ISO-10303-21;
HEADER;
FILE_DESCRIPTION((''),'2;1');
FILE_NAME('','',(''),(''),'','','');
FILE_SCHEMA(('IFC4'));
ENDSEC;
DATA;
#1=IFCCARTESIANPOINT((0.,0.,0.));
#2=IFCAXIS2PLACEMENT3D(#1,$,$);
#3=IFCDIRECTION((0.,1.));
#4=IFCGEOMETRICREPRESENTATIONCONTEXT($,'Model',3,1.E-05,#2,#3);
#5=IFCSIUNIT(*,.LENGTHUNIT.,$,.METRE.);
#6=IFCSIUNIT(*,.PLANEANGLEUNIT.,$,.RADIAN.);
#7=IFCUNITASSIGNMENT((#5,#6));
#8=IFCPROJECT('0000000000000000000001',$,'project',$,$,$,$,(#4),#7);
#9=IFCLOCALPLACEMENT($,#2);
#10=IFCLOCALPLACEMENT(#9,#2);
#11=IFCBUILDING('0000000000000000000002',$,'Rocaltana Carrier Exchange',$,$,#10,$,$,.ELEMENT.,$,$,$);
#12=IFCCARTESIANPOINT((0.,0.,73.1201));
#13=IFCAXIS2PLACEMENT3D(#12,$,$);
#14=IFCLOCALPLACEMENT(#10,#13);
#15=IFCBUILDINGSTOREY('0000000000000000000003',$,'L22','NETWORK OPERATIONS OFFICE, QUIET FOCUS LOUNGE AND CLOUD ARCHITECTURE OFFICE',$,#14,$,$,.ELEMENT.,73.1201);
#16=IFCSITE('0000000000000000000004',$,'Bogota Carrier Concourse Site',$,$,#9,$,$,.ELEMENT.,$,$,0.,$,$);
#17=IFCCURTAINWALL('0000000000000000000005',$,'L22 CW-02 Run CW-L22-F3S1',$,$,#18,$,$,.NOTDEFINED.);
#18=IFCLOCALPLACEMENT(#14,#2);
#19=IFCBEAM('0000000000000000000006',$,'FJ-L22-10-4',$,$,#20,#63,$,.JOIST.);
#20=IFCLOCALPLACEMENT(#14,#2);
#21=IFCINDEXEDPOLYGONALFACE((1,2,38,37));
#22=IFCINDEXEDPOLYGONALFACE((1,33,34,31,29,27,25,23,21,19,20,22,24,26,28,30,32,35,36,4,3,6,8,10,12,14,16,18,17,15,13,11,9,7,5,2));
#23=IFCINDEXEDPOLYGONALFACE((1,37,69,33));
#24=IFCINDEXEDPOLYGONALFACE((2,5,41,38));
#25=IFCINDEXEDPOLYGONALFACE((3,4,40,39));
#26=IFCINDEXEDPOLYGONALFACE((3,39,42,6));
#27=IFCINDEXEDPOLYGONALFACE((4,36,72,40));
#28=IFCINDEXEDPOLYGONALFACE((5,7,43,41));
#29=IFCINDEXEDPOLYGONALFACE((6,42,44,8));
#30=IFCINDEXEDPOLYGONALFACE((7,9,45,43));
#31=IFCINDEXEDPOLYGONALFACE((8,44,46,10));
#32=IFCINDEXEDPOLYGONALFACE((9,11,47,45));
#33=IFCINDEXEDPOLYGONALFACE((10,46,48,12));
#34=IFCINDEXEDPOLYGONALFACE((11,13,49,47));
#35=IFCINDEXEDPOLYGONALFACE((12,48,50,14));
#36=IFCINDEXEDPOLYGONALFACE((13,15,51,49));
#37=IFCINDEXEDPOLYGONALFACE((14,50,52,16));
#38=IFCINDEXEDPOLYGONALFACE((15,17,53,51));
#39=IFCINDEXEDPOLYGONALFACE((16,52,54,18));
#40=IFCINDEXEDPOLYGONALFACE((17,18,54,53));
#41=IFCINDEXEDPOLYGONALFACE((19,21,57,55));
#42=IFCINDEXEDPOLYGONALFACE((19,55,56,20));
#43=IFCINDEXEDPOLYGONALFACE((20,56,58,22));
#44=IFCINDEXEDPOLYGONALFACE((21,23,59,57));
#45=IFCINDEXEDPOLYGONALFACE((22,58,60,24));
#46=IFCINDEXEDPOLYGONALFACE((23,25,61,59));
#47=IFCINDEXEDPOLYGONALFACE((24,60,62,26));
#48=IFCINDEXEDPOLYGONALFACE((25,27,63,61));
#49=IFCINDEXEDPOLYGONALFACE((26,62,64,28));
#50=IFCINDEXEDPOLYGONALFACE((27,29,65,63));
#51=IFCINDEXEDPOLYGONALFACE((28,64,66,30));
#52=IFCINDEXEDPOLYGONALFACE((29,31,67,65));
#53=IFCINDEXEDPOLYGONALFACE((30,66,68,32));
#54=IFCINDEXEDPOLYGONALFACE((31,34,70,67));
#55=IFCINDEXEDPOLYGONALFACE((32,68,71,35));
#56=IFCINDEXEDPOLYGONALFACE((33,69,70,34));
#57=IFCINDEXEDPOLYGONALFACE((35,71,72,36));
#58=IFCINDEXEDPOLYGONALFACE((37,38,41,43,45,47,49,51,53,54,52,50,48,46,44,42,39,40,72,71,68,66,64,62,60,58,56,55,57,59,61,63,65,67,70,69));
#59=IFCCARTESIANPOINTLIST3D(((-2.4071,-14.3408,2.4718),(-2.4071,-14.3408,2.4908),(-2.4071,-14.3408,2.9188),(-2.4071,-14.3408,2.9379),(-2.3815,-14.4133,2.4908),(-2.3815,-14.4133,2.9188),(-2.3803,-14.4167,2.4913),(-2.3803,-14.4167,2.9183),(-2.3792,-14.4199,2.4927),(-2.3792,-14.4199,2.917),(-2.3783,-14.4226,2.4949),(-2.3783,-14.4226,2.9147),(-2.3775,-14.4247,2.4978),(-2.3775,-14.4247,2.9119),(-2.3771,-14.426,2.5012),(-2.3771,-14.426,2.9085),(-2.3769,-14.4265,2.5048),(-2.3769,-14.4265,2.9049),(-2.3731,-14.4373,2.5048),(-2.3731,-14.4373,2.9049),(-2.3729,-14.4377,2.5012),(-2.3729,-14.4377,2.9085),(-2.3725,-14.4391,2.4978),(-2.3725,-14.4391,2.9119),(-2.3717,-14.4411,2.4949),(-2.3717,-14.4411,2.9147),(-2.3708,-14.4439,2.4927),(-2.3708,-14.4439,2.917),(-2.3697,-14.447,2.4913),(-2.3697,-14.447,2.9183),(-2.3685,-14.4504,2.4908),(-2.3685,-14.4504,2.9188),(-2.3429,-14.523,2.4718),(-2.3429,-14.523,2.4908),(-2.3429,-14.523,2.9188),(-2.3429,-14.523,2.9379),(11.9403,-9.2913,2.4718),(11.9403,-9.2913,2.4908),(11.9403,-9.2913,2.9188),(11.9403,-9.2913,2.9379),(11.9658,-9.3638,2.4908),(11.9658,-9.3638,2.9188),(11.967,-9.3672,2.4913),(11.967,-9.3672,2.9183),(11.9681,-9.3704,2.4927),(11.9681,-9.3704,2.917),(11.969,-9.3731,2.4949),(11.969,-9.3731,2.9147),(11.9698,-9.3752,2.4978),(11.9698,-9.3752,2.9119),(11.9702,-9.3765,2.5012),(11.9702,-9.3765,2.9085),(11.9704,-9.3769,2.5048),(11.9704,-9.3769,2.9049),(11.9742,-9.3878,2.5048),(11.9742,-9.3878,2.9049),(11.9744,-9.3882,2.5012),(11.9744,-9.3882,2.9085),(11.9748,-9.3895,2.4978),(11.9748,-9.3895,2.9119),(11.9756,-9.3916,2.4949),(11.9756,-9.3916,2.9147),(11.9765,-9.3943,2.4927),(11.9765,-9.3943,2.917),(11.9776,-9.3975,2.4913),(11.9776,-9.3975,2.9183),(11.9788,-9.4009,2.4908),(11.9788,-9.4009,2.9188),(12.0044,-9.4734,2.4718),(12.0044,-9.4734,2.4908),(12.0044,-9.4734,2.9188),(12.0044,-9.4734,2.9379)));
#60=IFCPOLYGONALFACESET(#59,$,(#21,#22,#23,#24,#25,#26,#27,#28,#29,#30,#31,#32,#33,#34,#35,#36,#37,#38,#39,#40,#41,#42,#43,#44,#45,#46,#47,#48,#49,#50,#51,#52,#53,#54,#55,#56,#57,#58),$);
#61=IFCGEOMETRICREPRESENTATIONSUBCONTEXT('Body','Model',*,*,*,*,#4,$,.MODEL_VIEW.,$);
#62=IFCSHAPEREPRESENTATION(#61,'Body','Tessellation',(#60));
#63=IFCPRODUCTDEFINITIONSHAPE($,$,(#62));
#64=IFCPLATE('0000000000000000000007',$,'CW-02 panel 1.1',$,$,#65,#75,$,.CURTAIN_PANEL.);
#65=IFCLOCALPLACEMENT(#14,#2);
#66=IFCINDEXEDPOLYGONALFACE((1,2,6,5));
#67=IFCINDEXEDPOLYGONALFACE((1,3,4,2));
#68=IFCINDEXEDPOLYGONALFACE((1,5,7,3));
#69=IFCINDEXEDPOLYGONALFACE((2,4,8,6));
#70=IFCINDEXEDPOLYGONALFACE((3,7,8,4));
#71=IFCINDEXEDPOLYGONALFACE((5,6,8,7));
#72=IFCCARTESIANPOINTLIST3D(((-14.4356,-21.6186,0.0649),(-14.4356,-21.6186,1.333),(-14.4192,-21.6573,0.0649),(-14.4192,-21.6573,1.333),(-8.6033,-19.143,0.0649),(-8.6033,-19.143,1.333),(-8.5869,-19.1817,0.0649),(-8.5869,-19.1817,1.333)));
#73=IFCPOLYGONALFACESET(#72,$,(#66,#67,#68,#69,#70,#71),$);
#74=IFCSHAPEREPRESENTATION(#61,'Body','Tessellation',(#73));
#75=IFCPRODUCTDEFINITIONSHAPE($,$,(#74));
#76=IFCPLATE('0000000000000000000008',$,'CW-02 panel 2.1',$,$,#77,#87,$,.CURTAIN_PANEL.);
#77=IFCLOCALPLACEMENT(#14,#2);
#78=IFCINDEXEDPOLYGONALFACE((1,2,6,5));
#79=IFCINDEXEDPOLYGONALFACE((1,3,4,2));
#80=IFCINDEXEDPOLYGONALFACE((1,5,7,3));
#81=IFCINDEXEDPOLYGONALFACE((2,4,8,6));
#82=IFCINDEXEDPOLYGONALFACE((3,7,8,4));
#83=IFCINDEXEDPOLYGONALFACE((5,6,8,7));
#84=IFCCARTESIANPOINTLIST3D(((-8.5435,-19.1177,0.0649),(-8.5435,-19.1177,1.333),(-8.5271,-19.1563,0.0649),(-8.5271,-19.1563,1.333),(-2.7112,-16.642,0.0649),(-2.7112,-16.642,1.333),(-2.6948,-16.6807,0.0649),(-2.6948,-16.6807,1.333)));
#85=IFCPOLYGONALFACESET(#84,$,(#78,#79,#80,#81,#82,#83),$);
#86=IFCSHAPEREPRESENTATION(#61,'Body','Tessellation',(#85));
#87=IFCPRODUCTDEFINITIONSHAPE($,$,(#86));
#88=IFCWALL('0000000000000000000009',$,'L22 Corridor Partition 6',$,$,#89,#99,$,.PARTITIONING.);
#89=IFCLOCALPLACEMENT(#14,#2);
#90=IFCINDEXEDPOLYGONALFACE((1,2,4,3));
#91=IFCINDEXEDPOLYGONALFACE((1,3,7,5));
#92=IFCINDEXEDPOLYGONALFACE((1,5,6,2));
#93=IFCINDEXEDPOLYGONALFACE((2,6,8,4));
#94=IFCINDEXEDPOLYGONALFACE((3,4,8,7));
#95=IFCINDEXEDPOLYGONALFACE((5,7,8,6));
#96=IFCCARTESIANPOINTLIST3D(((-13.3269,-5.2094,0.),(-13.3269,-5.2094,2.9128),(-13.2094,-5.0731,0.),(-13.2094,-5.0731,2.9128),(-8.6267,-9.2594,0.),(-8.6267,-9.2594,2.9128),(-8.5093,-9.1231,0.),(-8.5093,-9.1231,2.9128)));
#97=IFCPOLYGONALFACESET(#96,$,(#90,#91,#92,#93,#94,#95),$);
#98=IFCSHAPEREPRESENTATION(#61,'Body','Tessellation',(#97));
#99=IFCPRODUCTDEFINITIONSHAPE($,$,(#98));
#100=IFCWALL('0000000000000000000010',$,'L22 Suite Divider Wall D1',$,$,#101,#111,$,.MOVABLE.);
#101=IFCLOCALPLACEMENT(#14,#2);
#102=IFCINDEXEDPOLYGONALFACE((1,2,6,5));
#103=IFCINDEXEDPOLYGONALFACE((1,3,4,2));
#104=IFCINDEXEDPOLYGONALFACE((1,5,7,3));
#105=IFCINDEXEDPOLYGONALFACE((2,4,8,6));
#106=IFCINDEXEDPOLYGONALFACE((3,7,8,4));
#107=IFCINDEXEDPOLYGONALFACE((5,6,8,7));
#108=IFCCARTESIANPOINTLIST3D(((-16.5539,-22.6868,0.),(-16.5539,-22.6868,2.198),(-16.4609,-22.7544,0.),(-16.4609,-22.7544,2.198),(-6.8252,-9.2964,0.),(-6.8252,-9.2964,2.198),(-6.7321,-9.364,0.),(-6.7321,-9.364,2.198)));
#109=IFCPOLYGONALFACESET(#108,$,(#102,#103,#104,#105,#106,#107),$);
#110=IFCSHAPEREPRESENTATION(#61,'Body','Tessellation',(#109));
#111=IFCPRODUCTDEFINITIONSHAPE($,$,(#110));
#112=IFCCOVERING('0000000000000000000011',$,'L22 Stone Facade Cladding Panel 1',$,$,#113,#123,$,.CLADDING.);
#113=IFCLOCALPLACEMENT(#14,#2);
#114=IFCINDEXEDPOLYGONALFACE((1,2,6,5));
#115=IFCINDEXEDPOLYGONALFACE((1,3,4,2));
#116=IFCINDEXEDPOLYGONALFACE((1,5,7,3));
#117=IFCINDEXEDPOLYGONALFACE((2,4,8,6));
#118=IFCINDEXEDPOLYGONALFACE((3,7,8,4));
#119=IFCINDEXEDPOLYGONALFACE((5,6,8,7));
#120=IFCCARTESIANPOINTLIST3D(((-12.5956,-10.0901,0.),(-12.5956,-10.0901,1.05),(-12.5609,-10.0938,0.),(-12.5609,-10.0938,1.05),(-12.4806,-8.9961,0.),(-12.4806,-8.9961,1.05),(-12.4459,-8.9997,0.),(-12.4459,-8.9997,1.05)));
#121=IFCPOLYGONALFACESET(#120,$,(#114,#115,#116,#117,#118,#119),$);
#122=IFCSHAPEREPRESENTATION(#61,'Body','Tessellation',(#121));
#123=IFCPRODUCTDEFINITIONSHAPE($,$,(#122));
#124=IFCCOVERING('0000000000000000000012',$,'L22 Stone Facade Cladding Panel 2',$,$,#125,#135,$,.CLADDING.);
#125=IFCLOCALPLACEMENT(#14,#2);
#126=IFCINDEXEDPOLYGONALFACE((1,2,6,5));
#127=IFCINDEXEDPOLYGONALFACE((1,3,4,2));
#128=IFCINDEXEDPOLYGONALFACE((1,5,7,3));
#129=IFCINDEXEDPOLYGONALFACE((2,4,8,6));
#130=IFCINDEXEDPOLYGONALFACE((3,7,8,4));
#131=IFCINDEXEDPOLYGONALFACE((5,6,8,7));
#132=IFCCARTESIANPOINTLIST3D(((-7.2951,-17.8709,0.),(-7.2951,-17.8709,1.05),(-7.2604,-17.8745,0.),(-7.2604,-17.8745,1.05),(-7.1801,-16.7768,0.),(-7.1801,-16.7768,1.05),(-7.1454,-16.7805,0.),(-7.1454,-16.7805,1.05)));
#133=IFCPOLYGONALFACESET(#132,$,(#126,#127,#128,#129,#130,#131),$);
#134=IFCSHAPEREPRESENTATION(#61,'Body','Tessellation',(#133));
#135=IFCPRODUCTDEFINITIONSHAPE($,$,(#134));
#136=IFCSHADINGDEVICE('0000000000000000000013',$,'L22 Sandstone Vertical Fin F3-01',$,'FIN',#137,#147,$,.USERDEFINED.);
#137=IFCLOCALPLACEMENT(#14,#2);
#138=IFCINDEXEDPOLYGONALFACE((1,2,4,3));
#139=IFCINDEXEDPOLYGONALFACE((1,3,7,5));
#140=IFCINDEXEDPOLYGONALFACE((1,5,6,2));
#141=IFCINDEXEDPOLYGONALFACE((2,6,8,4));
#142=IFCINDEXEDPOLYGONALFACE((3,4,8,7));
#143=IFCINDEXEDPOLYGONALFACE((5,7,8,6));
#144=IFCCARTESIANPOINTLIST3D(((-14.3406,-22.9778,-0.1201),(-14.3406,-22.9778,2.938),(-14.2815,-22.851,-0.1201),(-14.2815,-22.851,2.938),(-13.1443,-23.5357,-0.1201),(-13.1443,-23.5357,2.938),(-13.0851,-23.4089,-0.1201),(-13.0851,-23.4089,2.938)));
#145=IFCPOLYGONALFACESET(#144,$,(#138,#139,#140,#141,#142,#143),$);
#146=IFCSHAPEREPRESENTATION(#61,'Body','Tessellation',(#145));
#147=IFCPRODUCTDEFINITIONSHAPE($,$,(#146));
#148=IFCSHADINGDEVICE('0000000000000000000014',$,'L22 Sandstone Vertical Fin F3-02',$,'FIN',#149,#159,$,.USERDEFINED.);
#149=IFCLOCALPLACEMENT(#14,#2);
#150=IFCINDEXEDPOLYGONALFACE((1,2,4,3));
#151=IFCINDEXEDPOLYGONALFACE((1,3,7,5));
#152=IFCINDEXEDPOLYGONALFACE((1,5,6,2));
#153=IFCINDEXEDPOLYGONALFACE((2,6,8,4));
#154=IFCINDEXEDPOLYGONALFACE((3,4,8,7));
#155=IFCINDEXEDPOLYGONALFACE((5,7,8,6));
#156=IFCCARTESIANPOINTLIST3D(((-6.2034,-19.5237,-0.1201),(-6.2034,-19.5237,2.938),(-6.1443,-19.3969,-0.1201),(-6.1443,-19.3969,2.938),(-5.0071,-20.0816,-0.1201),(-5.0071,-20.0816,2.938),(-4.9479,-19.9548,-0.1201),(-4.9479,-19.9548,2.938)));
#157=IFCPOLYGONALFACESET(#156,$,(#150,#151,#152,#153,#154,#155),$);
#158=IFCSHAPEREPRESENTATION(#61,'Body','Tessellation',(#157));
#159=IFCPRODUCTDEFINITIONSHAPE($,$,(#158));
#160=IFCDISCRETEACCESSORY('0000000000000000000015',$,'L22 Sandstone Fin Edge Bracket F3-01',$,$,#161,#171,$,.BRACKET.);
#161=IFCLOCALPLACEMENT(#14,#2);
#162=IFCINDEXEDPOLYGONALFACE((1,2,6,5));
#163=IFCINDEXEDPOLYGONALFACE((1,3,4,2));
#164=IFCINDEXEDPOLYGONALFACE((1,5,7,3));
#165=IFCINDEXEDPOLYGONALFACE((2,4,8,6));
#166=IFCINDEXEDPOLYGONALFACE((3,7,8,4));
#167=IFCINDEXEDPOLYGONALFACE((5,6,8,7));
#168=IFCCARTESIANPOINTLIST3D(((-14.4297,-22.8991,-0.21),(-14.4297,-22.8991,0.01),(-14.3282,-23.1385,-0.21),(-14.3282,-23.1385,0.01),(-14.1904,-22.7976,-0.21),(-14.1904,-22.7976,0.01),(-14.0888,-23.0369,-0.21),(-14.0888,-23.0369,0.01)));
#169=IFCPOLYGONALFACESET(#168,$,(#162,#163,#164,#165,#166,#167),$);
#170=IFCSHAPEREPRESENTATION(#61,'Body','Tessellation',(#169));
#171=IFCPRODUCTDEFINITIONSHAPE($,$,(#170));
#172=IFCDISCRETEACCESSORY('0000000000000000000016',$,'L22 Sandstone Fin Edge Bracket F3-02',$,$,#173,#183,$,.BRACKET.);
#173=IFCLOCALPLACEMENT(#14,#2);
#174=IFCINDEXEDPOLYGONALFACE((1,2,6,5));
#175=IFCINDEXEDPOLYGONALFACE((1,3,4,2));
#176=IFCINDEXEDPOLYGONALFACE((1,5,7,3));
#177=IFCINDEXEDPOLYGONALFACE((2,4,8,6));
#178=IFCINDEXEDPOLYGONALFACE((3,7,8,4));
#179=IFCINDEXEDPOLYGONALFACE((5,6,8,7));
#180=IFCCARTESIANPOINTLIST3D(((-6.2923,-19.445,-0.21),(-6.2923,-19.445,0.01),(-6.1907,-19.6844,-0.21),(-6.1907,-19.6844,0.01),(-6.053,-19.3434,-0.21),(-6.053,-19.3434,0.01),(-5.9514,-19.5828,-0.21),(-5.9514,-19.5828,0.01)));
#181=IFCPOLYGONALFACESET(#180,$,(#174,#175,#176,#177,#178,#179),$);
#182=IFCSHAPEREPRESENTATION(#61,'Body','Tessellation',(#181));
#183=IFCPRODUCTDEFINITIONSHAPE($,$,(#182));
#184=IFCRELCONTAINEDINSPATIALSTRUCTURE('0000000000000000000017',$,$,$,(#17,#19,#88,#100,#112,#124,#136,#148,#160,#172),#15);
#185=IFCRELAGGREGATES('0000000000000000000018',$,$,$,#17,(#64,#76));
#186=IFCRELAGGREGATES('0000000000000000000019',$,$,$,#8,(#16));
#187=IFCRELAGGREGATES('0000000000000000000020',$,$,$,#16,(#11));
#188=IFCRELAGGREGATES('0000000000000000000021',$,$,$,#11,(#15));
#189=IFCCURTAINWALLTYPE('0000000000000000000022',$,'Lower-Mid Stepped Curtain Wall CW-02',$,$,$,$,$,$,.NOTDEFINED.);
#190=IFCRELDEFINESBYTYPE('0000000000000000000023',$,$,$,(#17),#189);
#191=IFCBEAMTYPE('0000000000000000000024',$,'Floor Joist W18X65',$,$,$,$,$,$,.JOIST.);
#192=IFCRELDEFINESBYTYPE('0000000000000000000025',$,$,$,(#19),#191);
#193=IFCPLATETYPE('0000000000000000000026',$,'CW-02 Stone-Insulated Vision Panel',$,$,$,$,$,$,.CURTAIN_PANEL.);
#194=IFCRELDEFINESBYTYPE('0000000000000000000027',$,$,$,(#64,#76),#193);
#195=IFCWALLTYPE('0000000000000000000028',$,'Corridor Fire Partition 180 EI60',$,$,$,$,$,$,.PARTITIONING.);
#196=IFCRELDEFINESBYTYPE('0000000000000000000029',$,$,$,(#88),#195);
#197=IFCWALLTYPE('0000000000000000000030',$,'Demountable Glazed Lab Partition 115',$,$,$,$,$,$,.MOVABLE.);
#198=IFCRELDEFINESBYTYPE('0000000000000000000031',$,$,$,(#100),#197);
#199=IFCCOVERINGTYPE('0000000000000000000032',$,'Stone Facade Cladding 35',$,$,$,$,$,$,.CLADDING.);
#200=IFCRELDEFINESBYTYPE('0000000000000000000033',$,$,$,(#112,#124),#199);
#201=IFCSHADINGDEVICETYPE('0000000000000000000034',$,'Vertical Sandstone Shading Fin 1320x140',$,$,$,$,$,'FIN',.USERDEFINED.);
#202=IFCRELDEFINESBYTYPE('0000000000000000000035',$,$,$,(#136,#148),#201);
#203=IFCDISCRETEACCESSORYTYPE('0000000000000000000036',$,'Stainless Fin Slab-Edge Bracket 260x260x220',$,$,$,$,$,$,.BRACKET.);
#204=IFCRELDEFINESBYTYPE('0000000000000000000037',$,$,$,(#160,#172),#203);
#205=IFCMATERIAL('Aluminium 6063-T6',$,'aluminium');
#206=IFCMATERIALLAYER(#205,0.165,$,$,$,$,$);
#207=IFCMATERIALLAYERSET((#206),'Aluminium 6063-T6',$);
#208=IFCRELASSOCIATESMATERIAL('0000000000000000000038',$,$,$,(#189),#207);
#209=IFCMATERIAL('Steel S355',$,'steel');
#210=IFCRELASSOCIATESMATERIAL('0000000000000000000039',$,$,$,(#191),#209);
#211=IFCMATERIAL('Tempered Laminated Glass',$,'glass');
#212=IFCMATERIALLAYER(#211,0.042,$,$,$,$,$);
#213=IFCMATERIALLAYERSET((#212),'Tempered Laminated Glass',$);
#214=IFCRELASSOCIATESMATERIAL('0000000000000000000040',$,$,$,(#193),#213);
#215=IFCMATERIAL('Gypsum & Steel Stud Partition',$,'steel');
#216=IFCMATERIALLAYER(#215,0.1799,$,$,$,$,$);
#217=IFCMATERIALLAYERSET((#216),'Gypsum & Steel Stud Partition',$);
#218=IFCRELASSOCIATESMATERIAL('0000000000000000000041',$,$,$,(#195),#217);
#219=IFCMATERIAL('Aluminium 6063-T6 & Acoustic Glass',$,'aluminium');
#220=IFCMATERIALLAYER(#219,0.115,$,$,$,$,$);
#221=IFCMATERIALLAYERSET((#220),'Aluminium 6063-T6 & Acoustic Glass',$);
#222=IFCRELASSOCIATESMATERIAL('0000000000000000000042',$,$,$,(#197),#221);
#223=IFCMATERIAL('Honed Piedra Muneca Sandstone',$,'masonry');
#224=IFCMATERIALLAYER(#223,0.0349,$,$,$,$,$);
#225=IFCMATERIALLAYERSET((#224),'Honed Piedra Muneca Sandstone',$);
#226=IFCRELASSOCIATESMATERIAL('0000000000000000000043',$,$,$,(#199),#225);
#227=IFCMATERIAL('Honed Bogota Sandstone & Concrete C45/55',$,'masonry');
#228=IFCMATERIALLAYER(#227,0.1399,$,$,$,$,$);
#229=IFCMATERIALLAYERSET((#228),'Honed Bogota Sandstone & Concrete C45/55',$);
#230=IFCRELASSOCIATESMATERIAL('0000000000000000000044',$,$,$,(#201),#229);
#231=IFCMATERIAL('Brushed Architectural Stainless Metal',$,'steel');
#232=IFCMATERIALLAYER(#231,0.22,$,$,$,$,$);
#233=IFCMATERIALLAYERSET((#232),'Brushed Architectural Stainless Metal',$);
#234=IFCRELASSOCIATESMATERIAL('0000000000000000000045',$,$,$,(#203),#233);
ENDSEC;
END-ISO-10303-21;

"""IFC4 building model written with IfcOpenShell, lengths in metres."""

from ifc_helpers import new_model, si_unit, direction, frame, frame_2d, origin, origin_2d, place, context, subcontext, project, spatial, rectangle, i_section, extrude, material, layer, layer_set, material_profile, profile_set, type_object, element, aggregate, save


model = new_model("IFC4")

# Units and contexts
model_context = context("Model", 3, precision=1e-05, world=origin(), true_north=direction((0.0, 1.0)))
body_context = subcontext(model_context, "Body", "Model", "MODEL_VIEW")
ifc_project = project(units=[si_unit("LENGTHUNIT", "METRE"), si_unit("PLANEANGLEUNIT", "RADIAN")], contexts=[model_context])

# Site, building, storey
site_placement = place(None, origin())
site = spatial("IfcSite", under=ifc_project, at=site_placement, Name="Bogota Carrier Concourse Site", CompositionType="ELEMENT", RefElevation=0.0)
building_placement = place(site_placement, origin())
building = spatial("IfcBuilding", under=site, at=building_placement, Name="Rocaltana Carrier Exchange", CompositionType="ELEMENT")
storey_placement = place(building_placement, frame((0.0, 0.0, 73.1201)))
storey = spatial("IfcBuildingStorey", under=building, at=storey_placement, Name="L22", Description="NETWORK OPERATIONS OFFICE, QUIET FOCUS LOUNGE AND CLOUD ARCHITECTURE OFFICE", CompositionType="ELEMENT", Elevation=73.1201)

# Curtain wall
ifc_material_1 = material(Name="Aluminium 6063-T6", Category="aluminium")
ifc_layer_1 = layer(ifc_material_1, 0.165)
ifc_layer_set_1 = layer_set([ifc_layer_1], Name="Aluminium 6063-T6")
curtain_wall_type = type_object("IfcCurtainWallType", Name="Lower-Mid Stepped Curtain Wall CW-02", PredefinedType="NOTDEFINED", material=ifc_layer_set_1)
curtain_wall_placement = place(storey_placement, origin())
curtain_wall = element("IfcCurtainWall", 1, at=curtain_wall_placement, inside=storey, type_object=curtain_wall_type, Name="L22 CW-02 Run CW-L22-F3S1", PredefinedType="NOTDEFINED")

# Beam
ifc_material_2 = material(Name="Steel S355", Category="steel")
ifc_material_profile_1 = material_profile(ifc_material_2, i_section(OverallWidth=0.1931, OverallDepth=0.4661, WebThickness=0.0115, FlangeThickness=0.019, FilletRadius=0.0139, at=origin_2d()), Name="W18X65")
ifc_profile_set_1 = profile_set([ifc_material_profile_1], Name="Steel S355")
beam_type = type_object("IfcBeamType", Name="Floor Joist W18X65", PredefinedType="JOIST", material=ifc_profile_set_1)
beam_1_placement = place(storey_placement, frame((-2.375, -14.4319, 2.7048), z_axis=(0.943284, 0.331988, 0.0), x_axis=(-0.331988, 0.943284, 0.0)))
element("IfcBeam", 2, at=beam_1_placement, inside=storey, type_object=beam_type, Name="FJ-L22-10-4", PredefinedType="JOIST", context=body_context, shape_type="SweptSolid", body=[
    extrude(i_section(OverallWidth=0.1931, OverallDepth=0.4661, WebThickness=0.0115, FlangeThickness=0.019, FilletRadius=0.0139, at=origin_2d()), origin(), (0.0, 0.0, 1.0), 15.21),
])

# Plates
ifc_material_3 = material(Name="Tempered Laminated Glass", Category="glass")
ifc_layer_2 = layer(ifc_material_3, 0.042)
ifc_layer_set_2 = layer_set([ifc_layer_2], Name="Tempered Laminated Glass")
plate_type = type_object("IfcPlateType", Name="CW-02 Stone-Insulated Vision Panel", PredefinedType="CURTAIN_PANEL", material=ifc_layer_set_2)
plate_1_placement = place(storey_placement, frame((-11.5112, -20.4001, 0.0649), z_axis=(0.0, 0.0, 1.0), x_axis=(0.920506, 0.390729, 0.0)))
plate_1 = element("IfcPlate", 3, at=plate_1_placement, type_object=plate_type, Name="CW-02 panel 1.1", PredefinedType="CURTAIN_PANEL", context=body_context, shape_type="SweptSolid", body=[
    extrude(rectangle(XDim=6.3359, YDim=0.042, at=origin_2d()), origin(), (0.0, 0.0, 1.0), 1.2681),
])
plate_2_placement = place(storey_placement, frame((-5.6191, -17.8992, 0.0649), z_axis=(0.0, 0.0, 1.0), x_axis=(0.920506, 0.390729, 0.0)))
plate_2 = element("IfcPlate", 4, at=plate_2_placement, type_object=plate_type, Name="CW-02 panel 2.1", PredefinedType="CURTAIN_PANEL", context=body_context, shape_type="SweptSolid", body=[
    extrude(rectangle(XDim=6.3359, YDim=0.042, at=origin_2d()), origin(), (0.0, 0.0, 1.0), 1.2681),
])
aggregate(curtain_wall, [plate_1, plate_2])

# Walls
ifc_material_4 = material(Name="Gypsum & Steel Stud Partition", Category="steel")
ifc_layer_3 = layer(ifc_material_4, 0.1799)
ifc_layer_set_3 = layer_set([ifc_layer_3], Name="Gypsum & Steel Stud Partition")
wall_type_1 = type_object("IfcWallType", Name="Corridor Fire Partition 180 EI60", PredefinedType="PARTITIONING", material=ifc_layer_set_3)
wall_1_placement = place(storey_placement, frame((-8.5681, -9.1912, 0.0), z_axis=(0.0, 0.0, 1.0), x_axis=(-0.757557, 0.652769, 0.0)))
element("IfcWall", 5, at=wall_1_placement, inside=storey, type_object=wall_type_1, Name="L22 Corridor Partition 6", PredefinedType="PARTITIONING", context=body_context, shape_type="SweptSolid", body=[
    extrude(rectangle(XDim=6.2043, YDim=0.1799, at=frame_2d((3.1021, 0.0))), origin(), (0.0, 0.0, 1.0), 2.9128),
])
ifc_material_5 = material(Name="Aluminium 6063-T6 & Acoustic Glass", Category="aluminium")
ifc_layer_4 = layer(ifc_material_5, 0.115)
ifc_layer_set_4 = layer_set([ifc_layer_4], Name="Aluminium 6063-T6 & Acoustic Glass")
wall_type_2 = type_object("IfcWallType", Name="Demountable Glazed Lab Partition 115", PredefinedType="MOVABLE", material=ifc_layer_set_4)
wall_2_placement = place(storey_placement, frame((-6.7786, -9.3301, 0.0), z_axis=(0.0, 0.0, 1.0), x_axis=(-0.587788, -0.809015, 0.0)))
element("IfcWall", 6, at=wall_2_placement, inside=storey, type_object=wall_type_2, Name="L22 Suite Divider Wall D1", PredefinedType="MOVABLE", context=body_context, shape_type="SweptSolid", body=[
    extrude(rectangle(XDim=16.5515, YDim=0.115, at=frame_2d((8.2759, 0.0))), origin(), (0.0, 0.0, 1.0), 2.198),
])

# Coverings
ifc_material_6 = material(Name="Honed Piedra Muneca Sandstone", Category="masonry")
ifc_layer_5 = layer(ifc_material_6, 0.0349)
ifc_layer_set_5 = layer_set([ifc_layer_5], Name="Honed Piedra Muneca Sandstone")
covering_type = type_object("IfcCoveringType", Name="Stone Facade Cladding 35", PredefinedType="CLADDING", material=ifc_layer_set_5)
for number, where, z_axis, x_axis, name in (
    (7, (-12.5208, -9.5449, 0.0), (0.0, 0.0, 1.0), (0.104528, 0.994522, 0.0), "L22 Stone Facade Cladding Panel 1"),
    (8, (-7.2202, -17.3257, 0.0), (0.0, 0.0, 1.0), (0.104528, 0.994522, 0.0), "L22 Stone Facade Cladding Panel 2"),
):
    element("IfcCovering", number, at=place(storey_placement, frame(where, z_axis=z_axis, x_axis=x_axis)), inside=storey, type_object=covering_type, Name=name, PredefinedType="CLADDING", context=body_context, shape_type="SweptSolid", body=[
        extrude(rectangle(XDim=1.1001, YDim=0.0349, at=origin_2d()), origin(), (0.0, 0.0, 1.0), 1.05),
    ])

# Shading devices
ifc_material_7 = material(Name="Honed Bogota Sandstone & Concrete C45/55", Category="masonry")
ifc_layer_6 = layer(ifc_material_7, 0.1399)
ifc_layer_set_6 = layer_set([ifc_layer_6], Name="Honed Bogota Sandstone & Concrete C45/55")
shading_device_type = type_object("IfcShadingDeviceType", Name="Vertical Sandstone Shading Fin 1320x140", ElementType="FIN", PredefinedType="USERDEFINED", material=ifc_layer_set_6)
for number, where, z_axis, x_axis, name in (
    (9, (-13.7129, -23.1934, -0.1201), (0.0, 0.0, 1.0), (0.906308, -0.422618, 0.0), "L22 Sandstone Vertical Fin F3-01"),
    (10, (-5.5757, -19.7393, -0.1201), (0.0, 0.0, 1.0), (0.906308, -0.422618, 0.0), "L22 Sandstone Vertical Fin F3-02"),
):
    element("IfcShadingDevice", number, at=place(storey_placement, frame(where, z_axis=z_axis, x_axis=x_axis)), inside=storey, type_object=shading_device_type, Name=name, ObjectType="FIN", PredefinedType="USERDEFINED", context=body_context, shape_type="SweptSolid", body=[
        extrude(rectangle(XDim=1.3201, YDim=0.1399, at=origin_2d()), origin(), (0.0, 0.0, 1.0), 3.0581),
    ])

# Discrete accessories
ifc_material_8 = material(Name="Brushed Architectural Stainless Metal", Category="steel")
ifc_layer_7 = layer(ifc_material_8, 0.22)
ifc_layer_set_7 = layer_set([ifc_layer_7], Name="Brushed Architectural Stainless Metal")
discrete_accessory_type = type_object("IfcDiscreteAccessoryType", Name="Stainless Fin Slab-Edge Bracket 260x260x220", PredefinedType="BRACKET", material=ifc_layer_set_7)
for number, where, z_axis, x_axis, name in (
    (11, (-14.2593, -22.968, -0.21), (0.0, 0.0, 1.0), (0.920505, 0.390731, 0.0), "L22 Sandstone Fin Edge Bracket F3-01"),
    (12, (-6.1218, -19.5139, -0.21), (0.0, 0.0, 1.0), (0.920505, 0.390731, 0.0), "L22 Sandstone Fin Edge Bracket F3-02"),
):
    element("IfcDiscreteAccessory", number, at=place(storey_placement, frame(where, z_axis=z_axis, x_axis=x_axis)), inside=storey, type_object=discrete_accessory_type, Name=name, PredefinedType="BRACKET", context=body_context, shape_type="SweptSolid", body=[
        extrude(rectangle(XDim=0.26, YDim=0.26, at=origin_2d()), origin(), (0.0, 0.0, 1.0), 0.22),
    ])

save(model, "model.ifc")
